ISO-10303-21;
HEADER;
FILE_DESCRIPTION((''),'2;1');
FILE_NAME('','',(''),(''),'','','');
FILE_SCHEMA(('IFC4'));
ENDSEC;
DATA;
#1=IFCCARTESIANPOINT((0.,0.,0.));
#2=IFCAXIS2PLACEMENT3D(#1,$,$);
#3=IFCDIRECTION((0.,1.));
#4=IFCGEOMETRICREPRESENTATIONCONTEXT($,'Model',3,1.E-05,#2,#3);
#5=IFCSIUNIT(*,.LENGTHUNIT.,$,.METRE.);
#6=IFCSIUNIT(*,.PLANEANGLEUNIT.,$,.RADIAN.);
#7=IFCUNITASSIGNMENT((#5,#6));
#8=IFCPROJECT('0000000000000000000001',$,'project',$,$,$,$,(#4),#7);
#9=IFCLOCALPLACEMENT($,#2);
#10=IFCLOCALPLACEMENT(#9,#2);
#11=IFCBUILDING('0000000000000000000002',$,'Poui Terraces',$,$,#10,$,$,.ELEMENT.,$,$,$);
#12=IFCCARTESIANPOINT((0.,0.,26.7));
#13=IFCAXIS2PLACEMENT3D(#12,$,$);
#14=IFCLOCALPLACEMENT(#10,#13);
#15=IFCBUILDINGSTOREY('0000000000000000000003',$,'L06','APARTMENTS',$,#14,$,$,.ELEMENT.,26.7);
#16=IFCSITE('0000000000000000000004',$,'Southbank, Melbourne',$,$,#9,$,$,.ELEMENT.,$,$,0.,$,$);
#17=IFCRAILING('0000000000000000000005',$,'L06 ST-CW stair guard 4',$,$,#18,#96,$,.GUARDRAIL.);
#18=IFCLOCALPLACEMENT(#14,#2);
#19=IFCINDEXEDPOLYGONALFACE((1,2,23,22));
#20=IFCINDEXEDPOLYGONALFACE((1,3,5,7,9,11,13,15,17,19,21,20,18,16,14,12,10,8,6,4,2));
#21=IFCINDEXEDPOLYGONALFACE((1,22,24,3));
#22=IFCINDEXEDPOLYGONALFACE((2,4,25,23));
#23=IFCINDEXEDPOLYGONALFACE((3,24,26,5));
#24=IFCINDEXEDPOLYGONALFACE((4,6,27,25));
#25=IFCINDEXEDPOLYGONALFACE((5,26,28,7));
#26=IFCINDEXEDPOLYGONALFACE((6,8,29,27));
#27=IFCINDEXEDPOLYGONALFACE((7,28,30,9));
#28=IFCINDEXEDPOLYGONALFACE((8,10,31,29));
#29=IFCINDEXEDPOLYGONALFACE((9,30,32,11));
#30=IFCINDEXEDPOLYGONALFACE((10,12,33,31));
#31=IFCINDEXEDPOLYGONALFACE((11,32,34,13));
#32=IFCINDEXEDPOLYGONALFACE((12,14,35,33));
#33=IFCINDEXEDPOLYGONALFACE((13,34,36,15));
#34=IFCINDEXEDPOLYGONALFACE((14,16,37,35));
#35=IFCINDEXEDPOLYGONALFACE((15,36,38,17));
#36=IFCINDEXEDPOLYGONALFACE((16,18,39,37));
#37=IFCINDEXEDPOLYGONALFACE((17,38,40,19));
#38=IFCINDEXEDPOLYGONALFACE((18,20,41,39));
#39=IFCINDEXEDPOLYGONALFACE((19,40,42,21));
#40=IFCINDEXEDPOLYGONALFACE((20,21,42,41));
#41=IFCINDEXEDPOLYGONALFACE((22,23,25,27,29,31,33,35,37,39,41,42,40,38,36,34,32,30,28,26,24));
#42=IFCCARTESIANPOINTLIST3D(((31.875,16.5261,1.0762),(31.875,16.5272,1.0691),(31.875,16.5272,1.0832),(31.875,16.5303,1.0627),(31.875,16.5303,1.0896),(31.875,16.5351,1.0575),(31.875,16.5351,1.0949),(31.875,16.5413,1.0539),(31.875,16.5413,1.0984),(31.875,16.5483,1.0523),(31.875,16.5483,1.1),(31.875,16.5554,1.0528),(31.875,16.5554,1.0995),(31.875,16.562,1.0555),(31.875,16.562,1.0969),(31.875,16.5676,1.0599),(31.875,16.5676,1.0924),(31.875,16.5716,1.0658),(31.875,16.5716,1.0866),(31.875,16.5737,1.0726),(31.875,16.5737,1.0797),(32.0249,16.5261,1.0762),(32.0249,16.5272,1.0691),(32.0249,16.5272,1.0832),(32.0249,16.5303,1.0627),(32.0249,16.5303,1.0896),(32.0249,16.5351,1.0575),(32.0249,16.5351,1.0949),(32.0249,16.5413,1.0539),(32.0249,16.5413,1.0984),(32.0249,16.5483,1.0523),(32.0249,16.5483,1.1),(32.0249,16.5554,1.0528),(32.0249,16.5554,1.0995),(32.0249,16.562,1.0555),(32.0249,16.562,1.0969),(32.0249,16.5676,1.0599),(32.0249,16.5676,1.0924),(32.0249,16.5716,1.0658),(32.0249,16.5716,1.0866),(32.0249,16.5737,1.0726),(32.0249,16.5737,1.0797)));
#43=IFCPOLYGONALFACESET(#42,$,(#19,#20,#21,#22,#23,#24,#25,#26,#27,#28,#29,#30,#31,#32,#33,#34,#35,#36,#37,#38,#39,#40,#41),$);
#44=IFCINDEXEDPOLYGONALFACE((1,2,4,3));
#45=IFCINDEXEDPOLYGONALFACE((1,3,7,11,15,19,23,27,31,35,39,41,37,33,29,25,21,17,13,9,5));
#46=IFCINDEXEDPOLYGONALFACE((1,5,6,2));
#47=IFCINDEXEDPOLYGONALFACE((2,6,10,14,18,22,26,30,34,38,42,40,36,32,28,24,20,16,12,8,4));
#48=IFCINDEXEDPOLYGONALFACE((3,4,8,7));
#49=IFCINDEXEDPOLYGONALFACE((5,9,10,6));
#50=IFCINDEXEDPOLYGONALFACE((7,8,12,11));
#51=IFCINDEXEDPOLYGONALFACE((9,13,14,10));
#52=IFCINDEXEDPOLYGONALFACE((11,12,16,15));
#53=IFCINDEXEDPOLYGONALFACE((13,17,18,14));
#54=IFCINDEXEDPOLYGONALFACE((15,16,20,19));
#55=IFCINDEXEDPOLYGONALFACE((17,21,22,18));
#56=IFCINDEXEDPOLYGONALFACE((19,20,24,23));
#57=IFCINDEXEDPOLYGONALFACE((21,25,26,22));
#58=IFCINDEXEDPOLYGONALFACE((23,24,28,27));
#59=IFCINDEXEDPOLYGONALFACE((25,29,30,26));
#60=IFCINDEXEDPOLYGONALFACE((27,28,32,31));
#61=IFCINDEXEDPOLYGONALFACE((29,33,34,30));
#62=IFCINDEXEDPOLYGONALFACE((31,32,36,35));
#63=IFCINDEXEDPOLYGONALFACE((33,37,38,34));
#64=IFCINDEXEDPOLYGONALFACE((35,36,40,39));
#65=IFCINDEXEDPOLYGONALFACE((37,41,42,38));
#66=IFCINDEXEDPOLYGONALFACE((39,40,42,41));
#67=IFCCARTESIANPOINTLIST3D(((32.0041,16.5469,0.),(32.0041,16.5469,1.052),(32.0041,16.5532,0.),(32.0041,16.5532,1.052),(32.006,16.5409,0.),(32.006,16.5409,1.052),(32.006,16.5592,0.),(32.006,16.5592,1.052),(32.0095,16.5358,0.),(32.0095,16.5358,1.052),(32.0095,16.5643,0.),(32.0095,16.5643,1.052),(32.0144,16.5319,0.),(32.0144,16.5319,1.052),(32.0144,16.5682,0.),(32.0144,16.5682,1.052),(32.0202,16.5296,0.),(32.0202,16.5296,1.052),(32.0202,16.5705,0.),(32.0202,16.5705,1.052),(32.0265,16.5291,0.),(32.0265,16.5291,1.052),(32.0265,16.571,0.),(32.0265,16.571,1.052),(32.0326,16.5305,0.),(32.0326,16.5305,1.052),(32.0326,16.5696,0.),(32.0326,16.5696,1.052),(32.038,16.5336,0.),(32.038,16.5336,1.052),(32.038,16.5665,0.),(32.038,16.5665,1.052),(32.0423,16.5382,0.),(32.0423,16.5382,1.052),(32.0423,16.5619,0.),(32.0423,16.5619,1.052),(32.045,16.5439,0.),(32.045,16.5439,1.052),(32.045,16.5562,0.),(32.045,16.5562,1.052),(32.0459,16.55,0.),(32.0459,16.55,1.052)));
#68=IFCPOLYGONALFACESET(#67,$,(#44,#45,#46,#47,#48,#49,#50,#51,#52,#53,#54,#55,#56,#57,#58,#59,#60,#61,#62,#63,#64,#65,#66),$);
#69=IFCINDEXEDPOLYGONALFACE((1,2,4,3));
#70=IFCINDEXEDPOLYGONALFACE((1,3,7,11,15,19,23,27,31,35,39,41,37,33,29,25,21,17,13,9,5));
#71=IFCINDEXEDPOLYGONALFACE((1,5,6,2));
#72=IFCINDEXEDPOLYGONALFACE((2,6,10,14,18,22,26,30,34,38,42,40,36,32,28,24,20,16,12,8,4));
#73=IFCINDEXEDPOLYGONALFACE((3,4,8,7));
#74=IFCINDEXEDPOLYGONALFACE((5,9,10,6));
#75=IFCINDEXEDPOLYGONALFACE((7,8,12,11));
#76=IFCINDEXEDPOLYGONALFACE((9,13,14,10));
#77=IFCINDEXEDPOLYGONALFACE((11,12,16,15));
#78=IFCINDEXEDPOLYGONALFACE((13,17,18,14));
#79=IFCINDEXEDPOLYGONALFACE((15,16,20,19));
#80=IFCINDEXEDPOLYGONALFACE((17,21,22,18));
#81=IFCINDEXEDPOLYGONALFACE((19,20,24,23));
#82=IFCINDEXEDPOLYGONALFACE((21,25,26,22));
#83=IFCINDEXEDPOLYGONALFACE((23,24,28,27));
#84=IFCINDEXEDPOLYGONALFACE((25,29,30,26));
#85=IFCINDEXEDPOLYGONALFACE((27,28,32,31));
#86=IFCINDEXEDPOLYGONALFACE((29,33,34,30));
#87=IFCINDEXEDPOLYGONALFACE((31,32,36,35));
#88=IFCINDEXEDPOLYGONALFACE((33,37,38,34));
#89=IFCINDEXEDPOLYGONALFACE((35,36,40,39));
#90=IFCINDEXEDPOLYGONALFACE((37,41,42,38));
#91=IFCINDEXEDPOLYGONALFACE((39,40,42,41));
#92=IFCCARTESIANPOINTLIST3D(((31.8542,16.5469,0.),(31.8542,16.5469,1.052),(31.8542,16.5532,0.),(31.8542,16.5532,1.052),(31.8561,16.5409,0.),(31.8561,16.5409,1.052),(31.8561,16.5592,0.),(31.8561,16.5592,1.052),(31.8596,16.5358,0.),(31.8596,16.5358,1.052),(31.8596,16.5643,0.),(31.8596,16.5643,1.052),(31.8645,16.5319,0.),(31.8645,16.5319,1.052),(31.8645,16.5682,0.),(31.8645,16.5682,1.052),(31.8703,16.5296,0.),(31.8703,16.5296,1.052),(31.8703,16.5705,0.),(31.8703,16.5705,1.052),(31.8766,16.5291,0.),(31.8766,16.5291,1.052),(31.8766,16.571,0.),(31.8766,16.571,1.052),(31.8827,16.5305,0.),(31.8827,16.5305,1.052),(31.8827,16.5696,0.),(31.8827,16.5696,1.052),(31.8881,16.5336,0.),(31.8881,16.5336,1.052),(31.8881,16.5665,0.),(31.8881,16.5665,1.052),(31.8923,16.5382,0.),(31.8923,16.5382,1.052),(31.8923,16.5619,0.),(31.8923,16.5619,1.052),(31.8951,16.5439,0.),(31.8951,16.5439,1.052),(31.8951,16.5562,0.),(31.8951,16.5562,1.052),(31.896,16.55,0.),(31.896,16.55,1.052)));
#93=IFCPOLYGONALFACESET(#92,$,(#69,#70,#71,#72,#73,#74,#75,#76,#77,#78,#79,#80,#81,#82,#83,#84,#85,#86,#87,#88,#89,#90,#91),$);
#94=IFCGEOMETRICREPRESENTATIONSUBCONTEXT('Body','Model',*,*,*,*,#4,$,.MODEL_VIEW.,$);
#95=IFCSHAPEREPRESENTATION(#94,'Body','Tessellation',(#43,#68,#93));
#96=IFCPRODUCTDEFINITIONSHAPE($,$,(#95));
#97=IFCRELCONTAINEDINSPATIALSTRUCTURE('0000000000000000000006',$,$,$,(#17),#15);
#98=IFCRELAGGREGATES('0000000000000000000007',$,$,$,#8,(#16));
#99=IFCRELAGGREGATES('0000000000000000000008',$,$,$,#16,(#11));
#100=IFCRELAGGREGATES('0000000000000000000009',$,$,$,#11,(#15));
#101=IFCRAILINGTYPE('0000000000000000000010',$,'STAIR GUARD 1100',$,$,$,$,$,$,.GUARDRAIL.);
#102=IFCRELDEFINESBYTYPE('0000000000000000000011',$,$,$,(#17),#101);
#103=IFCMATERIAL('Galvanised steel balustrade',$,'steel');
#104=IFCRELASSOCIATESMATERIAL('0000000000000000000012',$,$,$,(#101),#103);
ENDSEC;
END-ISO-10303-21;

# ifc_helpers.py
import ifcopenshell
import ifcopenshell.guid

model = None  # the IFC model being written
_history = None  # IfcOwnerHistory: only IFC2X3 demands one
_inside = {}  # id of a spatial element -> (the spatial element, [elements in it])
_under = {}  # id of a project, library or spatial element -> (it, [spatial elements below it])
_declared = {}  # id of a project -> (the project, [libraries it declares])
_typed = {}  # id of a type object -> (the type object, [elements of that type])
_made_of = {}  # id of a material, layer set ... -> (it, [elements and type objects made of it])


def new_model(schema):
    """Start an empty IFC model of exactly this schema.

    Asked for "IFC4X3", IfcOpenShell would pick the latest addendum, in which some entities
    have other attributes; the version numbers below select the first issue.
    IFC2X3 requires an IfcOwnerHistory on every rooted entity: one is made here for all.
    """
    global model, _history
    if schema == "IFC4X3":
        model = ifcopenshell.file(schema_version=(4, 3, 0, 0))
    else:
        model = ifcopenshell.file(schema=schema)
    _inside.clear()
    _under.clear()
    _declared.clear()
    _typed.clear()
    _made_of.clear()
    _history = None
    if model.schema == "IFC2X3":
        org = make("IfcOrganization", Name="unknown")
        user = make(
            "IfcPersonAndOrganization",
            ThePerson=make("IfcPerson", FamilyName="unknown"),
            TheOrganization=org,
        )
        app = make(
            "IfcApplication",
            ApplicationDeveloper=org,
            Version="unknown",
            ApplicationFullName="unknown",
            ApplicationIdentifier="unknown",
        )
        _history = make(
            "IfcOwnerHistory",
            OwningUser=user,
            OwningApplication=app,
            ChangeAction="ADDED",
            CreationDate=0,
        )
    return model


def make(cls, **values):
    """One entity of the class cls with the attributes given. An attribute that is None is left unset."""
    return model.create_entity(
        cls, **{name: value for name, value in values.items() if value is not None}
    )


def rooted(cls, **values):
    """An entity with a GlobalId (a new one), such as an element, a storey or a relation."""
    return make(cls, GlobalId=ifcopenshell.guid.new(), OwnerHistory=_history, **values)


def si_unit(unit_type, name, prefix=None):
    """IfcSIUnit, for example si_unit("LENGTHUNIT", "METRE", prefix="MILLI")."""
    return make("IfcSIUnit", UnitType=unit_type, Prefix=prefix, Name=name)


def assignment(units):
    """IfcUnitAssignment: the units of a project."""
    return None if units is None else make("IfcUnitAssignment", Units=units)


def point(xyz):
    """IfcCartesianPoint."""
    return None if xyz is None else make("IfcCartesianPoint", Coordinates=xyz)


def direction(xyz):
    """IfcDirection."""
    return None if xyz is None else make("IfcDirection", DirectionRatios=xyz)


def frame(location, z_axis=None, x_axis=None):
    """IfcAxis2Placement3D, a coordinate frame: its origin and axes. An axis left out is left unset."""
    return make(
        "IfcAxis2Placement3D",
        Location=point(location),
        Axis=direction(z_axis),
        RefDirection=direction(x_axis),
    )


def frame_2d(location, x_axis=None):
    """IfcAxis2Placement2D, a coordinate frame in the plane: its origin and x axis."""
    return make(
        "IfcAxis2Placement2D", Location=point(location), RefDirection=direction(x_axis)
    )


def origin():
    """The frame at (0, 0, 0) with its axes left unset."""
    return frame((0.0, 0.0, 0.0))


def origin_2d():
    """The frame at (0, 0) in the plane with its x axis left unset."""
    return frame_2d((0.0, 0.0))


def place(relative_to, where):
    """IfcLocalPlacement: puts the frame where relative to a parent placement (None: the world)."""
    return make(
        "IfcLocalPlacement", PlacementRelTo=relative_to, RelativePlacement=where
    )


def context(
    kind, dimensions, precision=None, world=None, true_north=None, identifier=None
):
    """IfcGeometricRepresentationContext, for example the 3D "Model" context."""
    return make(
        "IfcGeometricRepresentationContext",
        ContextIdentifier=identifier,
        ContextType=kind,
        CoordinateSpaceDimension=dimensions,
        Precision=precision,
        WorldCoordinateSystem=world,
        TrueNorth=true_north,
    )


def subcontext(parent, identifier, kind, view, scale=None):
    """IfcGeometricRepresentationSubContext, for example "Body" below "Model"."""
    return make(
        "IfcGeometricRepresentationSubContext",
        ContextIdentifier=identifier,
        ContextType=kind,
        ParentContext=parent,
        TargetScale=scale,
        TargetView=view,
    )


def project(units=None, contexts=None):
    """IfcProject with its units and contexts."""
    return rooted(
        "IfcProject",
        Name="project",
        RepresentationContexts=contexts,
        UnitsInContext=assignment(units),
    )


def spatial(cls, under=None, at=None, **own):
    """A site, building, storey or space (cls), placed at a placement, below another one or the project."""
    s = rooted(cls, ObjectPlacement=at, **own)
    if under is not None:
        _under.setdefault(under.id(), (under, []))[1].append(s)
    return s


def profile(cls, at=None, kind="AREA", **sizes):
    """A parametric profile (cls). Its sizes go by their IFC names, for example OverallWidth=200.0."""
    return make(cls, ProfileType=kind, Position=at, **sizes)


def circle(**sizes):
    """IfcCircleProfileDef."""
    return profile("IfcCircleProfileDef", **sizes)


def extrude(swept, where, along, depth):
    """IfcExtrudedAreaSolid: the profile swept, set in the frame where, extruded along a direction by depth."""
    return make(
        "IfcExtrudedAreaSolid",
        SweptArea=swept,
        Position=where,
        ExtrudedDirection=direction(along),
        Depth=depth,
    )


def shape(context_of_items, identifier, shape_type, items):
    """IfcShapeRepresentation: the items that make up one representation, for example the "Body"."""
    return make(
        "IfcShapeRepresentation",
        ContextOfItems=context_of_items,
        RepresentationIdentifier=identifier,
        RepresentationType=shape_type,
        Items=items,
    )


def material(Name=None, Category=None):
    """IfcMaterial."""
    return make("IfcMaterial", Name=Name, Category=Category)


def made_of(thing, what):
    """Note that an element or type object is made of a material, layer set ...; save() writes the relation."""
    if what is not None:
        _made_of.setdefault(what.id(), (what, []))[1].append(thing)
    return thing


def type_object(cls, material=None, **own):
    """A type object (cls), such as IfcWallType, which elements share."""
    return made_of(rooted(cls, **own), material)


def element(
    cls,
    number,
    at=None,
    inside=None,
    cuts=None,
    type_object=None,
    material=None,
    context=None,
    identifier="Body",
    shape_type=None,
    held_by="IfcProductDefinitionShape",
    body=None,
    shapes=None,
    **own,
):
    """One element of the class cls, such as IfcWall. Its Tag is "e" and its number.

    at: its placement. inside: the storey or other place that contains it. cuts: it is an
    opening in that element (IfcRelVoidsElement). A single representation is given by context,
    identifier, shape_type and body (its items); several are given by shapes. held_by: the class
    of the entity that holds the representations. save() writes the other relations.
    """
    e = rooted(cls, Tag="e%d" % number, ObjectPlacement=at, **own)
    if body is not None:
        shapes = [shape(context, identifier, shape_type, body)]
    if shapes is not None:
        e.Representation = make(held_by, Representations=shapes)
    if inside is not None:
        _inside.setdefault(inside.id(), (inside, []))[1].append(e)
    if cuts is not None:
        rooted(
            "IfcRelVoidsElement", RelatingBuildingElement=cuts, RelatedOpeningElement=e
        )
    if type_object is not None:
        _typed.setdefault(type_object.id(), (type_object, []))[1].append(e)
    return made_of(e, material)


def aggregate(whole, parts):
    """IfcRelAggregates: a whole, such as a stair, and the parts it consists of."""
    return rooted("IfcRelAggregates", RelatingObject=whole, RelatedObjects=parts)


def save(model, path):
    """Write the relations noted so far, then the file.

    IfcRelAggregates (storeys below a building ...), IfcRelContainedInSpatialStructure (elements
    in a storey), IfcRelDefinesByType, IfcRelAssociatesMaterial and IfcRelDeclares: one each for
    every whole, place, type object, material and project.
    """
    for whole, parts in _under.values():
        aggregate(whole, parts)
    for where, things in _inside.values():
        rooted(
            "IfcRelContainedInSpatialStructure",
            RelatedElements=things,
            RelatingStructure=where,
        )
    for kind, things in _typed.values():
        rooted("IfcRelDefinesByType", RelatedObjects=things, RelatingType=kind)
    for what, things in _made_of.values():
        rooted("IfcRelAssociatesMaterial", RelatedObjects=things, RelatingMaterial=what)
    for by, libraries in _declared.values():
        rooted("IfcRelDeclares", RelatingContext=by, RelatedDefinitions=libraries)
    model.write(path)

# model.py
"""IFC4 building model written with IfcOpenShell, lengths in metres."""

from ifc_helpers import new_model, si_unit, direction, frame, origin, origin_2d, place, context, subcontext, project, spatial, circle, extrude, material, type_object, element, save


model = new_model("IFC4")

# Units and contexts
model_context = context("Model", 3, precision=1e-05, world=origin(), true_north=direction((0.0, 1.0)))
body_context = subcontext(model_context, "Body", "Model", "MODEL_VIEW")
ifc_project = project(units=[si_unit("LENGTHUNIT", "METRE"), si_unit("PLANEANGLEUNIT", "RADIAN")], contexts=[model_context])

# Site, building, storey
site_placement = place(None, origin())
site = spatial("IfcSite", under=ifc_project, at=site_placement, Name="Southbank, Melbourne", CompositionType="ELEMENT", RefElevation=0.0)
building_placement = place(site_placement, origin())
building = spatial("IfcBuilding", under=site, at=building_placement, Name="Poui Terraces", CompositionType="ELEMENT")
storey_placement = place(building_placement, frame((0.0, 0.0, 26.7)))
storey = spatial("IfcBuildingStorey", under=building, at=storey_placement, Name="L06", Description="APARTMENTS", CompositionType="ELEMENT", Elevation=26.7)

# Railing
ifc_material_1 = material(Name="Galvanised steel balustrade", Category="steel")
railing_type_1 = type_object("IfcRailingType", Name="STAIR GUARD 1100", PredefinedType="GUARDRAIL", material=ifc_material_1)
railing_1_placement = place(storey_placement, frame((32.0249, 16.55, 0.0)))
element("IfcRailing", 1, at=railing_1_placement, inside=storey, type_object=railing_type_1, Name="L06 ST-CW stair guard 4", PredefinedType="GUARDRAIL", context=body_context, shape_type="SweptSolid", body=[
    extrude(circle(Radius=0.0239, at=origin_2d()), frame((0.0, 0.0, 1.0762), z_axis=(-1.0, 0.0, 0.0), x_axis=(0.0, -1.0, 0.0)), (0.0, 0.0, 1.0), 0.1499),
    extrude(circle(Radius=0.021, at=origin_2d()), origin(), (0.0, 0.0, 1.0), 1.052),
    extrude(circle(Radius=0.021, at=origin_2d()), frame((-0.1499, 0.0, 0.0)), (0.0, 0.0, 1.0), 1.052),
])

save(model, "model.ifc")
